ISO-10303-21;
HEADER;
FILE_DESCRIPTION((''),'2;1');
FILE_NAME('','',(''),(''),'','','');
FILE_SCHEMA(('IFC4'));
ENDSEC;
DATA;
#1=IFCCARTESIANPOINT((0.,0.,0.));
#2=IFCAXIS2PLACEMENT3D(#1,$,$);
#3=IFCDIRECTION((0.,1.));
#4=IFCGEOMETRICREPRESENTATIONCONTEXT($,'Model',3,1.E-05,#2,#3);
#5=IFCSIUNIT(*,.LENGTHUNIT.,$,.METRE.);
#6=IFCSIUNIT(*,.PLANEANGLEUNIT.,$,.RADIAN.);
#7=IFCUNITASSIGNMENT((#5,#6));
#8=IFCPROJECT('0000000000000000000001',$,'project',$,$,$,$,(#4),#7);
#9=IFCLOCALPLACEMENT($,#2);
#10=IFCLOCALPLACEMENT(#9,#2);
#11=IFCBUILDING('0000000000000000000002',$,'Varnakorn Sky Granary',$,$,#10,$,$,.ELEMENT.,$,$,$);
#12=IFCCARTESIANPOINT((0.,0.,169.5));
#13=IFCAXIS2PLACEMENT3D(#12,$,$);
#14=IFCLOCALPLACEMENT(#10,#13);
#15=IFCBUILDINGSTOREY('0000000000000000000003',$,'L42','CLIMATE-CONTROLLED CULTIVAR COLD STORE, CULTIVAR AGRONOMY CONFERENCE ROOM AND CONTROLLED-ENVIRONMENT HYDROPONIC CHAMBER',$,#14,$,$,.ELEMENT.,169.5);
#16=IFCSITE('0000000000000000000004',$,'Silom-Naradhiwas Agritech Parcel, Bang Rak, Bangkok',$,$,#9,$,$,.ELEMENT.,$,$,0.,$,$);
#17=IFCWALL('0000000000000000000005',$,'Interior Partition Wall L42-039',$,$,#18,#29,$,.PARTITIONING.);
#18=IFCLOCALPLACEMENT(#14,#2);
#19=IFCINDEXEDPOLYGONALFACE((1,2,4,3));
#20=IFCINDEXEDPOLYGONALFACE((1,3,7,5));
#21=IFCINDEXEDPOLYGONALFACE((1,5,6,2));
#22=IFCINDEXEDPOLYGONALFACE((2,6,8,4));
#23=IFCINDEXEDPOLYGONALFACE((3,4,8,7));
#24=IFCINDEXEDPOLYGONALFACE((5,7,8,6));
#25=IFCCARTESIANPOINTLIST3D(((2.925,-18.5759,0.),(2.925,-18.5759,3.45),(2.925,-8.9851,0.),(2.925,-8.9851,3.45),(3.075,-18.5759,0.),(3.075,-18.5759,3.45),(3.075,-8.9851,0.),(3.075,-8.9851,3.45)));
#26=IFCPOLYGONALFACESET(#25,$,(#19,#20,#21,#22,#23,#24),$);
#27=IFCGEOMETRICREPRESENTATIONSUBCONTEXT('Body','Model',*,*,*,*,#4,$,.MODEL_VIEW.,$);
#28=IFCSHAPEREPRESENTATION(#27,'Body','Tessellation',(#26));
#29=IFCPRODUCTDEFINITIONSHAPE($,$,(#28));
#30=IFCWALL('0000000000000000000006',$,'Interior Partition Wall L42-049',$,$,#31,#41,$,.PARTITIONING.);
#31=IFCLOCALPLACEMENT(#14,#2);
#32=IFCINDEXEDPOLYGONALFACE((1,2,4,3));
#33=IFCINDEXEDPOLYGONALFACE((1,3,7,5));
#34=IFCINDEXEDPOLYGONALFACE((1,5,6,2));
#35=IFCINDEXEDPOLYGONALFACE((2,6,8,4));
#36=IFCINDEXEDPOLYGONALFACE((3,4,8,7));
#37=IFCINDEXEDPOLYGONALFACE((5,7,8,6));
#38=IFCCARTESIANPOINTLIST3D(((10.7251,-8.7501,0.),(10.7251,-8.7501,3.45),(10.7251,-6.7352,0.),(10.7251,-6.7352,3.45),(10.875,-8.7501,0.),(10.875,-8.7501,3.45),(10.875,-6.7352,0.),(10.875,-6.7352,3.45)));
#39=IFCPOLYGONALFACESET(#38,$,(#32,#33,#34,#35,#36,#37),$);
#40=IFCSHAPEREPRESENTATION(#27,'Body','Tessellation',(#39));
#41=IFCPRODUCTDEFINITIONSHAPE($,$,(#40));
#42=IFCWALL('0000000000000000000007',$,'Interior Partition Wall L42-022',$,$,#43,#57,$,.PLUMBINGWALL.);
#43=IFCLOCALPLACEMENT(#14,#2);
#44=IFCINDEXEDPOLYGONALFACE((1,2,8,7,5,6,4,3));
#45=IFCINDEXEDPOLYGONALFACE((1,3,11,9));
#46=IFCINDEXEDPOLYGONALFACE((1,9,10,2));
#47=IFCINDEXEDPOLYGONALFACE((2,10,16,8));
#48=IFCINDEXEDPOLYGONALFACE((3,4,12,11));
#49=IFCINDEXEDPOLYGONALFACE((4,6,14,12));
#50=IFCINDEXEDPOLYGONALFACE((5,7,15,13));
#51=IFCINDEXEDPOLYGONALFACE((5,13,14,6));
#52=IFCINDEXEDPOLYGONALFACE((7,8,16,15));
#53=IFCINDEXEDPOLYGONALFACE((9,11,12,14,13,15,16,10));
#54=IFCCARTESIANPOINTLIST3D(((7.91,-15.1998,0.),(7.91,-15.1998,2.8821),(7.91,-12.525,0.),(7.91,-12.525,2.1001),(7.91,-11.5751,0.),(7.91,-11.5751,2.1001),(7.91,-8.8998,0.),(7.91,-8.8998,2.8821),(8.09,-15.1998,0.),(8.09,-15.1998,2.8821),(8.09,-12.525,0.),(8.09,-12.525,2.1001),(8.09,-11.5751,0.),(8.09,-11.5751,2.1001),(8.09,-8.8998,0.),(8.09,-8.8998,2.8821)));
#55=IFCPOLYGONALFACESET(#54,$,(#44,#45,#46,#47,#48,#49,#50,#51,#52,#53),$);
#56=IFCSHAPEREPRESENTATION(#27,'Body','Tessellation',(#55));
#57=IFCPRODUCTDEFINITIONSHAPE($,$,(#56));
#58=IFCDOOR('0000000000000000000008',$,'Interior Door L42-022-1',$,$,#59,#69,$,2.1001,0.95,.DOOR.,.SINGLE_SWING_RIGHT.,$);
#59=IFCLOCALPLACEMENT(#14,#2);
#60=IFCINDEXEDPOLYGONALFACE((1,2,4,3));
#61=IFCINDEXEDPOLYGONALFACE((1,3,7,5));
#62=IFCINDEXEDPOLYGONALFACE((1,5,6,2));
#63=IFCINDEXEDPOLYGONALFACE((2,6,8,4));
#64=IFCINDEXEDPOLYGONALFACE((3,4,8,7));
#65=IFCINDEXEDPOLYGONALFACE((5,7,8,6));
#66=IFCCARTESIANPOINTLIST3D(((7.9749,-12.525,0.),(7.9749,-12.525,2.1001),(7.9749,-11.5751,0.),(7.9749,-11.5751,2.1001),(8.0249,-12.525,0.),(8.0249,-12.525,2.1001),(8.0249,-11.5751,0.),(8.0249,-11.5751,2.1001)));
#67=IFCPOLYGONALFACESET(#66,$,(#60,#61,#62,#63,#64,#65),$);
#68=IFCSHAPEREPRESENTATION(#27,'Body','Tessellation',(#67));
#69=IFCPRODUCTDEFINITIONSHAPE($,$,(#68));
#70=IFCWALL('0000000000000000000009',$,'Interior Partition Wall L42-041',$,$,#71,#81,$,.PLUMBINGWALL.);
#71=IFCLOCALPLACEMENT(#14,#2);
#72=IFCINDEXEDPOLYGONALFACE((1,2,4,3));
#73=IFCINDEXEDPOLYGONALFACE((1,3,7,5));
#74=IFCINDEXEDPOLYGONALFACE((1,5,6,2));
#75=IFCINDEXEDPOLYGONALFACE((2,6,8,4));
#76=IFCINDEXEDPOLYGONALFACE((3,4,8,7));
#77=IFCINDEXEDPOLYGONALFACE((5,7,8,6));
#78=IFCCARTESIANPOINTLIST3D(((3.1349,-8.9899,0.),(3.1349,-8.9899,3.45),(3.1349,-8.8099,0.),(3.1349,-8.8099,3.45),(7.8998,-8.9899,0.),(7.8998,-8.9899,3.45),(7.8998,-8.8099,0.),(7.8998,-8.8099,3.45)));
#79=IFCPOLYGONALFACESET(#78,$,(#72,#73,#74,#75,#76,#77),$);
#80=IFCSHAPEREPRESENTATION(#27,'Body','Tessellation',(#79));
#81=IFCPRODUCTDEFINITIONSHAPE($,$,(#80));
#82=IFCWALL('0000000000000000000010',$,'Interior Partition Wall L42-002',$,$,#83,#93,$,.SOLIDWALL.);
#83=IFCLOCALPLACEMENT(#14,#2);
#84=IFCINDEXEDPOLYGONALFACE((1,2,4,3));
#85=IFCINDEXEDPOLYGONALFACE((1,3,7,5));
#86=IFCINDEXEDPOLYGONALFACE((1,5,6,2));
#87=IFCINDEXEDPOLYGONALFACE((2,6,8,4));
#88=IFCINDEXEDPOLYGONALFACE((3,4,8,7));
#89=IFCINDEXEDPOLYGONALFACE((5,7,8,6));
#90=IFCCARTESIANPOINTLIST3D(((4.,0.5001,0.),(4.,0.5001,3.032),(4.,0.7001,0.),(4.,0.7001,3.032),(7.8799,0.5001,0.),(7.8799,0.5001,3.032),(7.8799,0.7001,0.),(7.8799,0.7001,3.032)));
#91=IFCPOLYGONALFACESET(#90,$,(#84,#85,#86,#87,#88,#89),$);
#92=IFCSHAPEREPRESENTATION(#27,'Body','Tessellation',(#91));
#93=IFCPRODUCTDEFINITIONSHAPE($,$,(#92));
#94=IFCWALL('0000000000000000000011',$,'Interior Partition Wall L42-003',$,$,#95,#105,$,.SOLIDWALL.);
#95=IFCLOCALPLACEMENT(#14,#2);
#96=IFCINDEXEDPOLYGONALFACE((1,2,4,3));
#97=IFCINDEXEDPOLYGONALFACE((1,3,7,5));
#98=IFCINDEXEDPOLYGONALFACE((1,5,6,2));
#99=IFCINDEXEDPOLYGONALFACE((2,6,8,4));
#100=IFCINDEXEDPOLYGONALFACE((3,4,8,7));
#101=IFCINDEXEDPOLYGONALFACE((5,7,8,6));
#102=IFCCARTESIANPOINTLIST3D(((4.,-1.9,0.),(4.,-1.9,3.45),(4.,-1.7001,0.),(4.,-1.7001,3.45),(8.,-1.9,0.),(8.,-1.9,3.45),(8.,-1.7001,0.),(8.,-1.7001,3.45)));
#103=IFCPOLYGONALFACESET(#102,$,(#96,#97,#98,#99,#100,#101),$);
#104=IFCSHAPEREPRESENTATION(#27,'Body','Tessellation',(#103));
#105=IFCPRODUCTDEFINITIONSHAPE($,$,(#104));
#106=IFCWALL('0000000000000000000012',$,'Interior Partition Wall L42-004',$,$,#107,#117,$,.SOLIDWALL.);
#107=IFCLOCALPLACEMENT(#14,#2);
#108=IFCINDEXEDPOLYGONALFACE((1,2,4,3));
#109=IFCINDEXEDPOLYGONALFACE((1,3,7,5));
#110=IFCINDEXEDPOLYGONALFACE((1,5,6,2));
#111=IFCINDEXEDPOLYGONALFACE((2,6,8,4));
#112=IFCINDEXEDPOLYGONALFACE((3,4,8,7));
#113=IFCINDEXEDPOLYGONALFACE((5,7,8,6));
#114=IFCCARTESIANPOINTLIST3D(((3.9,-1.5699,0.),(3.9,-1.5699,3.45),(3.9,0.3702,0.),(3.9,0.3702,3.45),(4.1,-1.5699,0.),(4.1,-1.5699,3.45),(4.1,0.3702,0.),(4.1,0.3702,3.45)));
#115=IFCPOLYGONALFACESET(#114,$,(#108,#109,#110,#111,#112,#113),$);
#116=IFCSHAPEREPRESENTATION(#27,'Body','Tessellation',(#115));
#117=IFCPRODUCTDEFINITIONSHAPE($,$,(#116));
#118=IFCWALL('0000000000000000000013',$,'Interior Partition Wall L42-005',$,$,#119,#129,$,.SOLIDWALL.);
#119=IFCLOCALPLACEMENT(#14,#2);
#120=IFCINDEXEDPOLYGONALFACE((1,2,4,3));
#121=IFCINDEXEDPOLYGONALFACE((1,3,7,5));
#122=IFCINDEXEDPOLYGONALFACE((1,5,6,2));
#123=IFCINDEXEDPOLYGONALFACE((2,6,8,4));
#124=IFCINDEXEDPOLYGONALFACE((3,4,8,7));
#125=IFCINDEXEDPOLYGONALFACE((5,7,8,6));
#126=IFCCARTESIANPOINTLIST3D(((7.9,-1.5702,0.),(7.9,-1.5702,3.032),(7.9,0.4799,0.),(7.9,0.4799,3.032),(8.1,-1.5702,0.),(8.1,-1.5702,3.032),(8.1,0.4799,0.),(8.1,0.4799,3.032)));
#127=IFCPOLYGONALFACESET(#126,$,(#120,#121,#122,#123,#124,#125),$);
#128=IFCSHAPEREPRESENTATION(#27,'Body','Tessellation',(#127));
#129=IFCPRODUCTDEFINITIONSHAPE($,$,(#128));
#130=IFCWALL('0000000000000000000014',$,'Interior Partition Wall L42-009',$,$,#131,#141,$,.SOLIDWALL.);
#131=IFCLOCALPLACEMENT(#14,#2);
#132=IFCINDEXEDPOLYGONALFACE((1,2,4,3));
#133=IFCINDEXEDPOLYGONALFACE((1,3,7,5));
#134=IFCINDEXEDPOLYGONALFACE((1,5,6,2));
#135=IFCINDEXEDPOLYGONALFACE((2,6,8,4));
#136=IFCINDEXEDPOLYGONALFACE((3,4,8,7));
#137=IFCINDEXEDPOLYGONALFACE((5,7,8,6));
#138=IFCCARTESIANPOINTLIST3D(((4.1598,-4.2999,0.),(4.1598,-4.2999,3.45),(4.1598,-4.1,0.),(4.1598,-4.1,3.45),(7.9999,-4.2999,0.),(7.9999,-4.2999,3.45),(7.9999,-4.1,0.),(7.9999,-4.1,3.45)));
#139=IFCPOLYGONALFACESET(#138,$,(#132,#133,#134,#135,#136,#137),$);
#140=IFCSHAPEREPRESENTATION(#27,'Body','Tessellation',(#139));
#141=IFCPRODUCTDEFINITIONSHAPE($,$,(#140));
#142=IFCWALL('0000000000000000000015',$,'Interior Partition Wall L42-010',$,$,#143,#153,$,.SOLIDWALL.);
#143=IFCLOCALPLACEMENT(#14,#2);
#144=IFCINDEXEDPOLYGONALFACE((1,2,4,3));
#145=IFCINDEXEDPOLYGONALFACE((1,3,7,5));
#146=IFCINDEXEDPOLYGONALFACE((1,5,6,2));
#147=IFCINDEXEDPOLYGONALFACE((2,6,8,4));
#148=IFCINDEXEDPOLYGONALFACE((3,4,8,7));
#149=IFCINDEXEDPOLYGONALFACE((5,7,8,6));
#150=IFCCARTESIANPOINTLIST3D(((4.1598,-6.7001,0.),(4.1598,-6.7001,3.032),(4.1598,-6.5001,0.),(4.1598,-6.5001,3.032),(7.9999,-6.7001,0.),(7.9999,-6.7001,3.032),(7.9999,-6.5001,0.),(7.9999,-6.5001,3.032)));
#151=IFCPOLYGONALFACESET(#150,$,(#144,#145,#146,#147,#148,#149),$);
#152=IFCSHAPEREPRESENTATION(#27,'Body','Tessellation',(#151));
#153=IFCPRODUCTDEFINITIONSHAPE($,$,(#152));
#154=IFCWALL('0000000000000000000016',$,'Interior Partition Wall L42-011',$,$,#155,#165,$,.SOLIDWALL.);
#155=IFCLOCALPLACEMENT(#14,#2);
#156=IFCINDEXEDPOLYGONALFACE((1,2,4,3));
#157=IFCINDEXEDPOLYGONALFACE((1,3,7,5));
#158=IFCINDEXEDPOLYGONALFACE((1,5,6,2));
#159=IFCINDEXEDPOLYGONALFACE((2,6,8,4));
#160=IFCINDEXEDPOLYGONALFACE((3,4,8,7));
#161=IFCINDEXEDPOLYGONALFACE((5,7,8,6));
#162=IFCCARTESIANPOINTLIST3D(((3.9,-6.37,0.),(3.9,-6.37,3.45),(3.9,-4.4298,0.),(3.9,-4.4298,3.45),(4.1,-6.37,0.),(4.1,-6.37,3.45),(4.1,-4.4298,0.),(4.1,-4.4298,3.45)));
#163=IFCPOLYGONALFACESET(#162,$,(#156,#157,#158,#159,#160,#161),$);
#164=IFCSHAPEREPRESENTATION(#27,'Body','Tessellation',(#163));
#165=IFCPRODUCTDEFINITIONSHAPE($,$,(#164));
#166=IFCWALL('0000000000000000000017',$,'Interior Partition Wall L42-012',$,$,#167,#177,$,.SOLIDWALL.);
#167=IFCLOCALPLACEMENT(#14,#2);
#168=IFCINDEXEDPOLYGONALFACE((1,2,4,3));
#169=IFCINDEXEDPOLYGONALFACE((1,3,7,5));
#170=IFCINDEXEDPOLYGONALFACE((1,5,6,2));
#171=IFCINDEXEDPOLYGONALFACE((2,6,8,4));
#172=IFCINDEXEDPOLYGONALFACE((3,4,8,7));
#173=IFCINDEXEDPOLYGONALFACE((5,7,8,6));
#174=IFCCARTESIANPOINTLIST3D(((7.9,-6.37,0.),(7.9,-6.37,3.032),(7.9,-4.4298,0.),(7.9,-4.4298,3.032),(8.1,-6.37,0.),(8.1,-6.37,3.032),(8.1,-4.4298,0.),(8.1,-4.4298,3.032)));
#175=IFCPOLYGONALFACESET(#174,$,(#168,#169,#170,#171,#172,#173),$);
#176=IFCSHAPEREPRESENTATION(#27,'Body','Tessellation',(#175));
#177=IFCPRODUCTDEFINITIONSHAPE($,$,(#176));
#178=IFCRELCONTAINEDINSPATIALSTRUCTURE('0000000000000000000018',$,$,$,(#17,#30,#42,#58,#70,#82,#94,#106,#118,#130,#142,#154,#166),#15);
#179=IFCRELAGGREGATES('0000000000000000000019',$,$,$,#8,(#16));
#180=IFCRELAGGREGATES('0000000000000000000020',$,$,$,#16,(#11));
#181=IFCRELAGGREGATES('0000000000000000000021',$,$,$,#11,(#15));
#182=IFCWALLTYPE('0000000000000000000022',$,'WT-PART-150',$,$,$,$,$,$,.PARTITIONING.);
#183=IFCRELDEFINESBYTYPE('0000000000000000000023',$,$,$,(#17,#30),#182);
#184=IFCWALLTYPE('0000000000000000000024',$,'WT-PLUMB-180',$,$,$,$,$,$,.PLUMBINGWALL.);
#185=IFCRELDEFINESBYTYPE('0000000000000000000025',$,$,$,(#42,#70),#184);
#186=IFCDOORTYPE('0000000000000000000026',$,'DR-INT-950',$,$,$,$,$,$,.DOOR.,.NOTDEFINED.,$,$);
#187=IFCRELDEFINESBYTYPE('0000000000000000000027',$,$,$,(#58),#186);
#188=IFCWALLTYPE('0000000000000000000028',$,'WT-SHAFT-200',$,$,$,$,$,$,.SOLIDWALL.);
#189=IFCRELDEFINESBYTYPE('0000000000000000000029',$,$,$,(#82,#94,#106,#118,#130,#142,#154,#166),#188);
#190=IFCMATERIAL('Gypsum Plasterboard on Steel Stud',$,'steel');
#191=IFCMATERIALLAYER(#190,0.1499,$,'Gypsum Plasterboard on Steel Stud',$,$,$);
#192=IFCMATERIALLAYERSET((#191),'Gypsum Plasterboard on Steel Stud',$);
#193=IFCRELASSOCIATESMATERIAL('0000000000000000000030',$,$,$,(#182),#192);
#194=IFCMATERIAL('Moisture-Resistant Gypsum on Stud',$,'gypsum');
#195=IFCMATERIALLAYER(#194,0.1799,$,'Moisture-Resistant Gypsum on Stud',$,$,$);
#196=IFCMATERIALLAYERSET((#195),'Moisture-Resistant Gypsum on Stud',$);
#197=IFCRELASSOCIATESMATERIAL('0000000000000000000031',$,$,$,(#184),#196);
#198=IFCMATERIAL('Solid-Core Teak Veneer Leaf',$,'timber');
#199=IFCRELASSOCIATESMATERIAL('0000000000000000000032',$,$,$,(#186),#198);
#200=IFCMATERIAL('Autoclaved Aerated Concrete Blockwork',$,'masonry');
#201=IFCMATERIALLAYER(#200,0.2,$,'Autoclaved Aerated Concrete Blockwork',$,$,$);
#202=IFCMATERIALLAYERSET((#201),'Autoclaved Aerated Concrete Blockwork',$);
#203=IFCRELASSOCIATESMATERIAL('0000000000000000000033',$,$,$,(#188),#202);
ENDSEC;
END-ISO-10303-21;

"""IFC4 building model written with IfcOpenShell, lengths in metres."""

from ifc_helpers import new_model, si_unit, direction, frame, frame_2d, origin, place, context, subcontext, project, spatial, rectangle, extrude, material, layer, layer_set, type_object, element, fill, save


model = new_model("IFC4")

# Units and contexts
model_context = context("Model", 3, precision=1e-05, world=origin(), true_north=direction((0.0, 1.0)))
body_context = subcontext(model_context, "Body", "Model", "MODEL_VIEW")
ifc_project = project(units=[si_unit("LENGTHUNIT", "METRE"), si_unit("PLANEANGLEUNIT", "RADIAN")], contexts=[model_context])

# Site, building, storey
site_placement = place(None, origin())
site = spatial("IfcSite", under=ifc_project, at=site_placement, Name="Silom-Naradhiwas Agritech Parcel, Bang Rak, Bangkok", CompositionType="ELEMENT", RefElevation=0.0)
building_placement = place(site_placement, origin())
building = spatial("IfcBuilding", under=site, at=building_placement, Name="Varnakorn Sky Granary", CompositionType="ELEMENT")
storey_placement = place(building_placement, frame((0.0, 0.0, 169.5)))
storey = spatial("IfcBuildingStorey", under=building, at=storey_placement, Name="L42", Description="CLIMATE-CONTROLLED CULTIVAR COLD STORE, CULTIVAR AGRONOMY CONFERENCE ROOM AND CONTROLLED-ENVIRONMENT HYDROPONIC CHAMBER", CompositionType="ELEMENT", Elevation=169.5)

# Shared definitions
ifc_material_1 = material(Name="Autoclaved Aerated Concrete Blockwork", Category="masonry")

# Walls
ifc_material_2 = material(Name="Gypsum Plasterboard on Steel Stud", Category="steel")
ifc_layer_1 = layer(ifc_material_2, 0.1499, Name="Gypsum Plasterboard on Steel Stud")
ifc_layer_set_1 = layer_set([ifc_layer_1], Name="Gypsum Plasterboard on Steel Stud")
wall_type_1 = type_object("IfcWallType", Name="WT-PART-150", PredefinedType="PARTITIONING", material=ifc_layer_set_1)
wall_1_placement = place(storey_placement, frame((3.0, -8.9851, 0.0), z_axis=(0.0, 0.0, 1.0), x_axis=(0.0, -1.0, 0.0)))
element("IfcWall", 1, at=wall_1_placement, inside=storey, type_object=wall_type_1, Name="Interior Partition Wall L42-039", PredefinedType="PARTITIONING", context=body_context, shape_type="SweptSolid", body=[
    extrude(rectangle(XDim=9.5908, YDim=0.1499, at=frame_2d((4.7954, 0.0))), origin(), (0.0, 0.0, 1.0), 3.45),
])
wall_2_placement = place(storey_placement, frame((10.8, -8.75, 0.0), z_axis=(0.0, 0.0, 1.0), x_axis=(0.0, 1.0, 0.0)))
element("IfcWall", 2, at=wall_2_placement, inside=storey, type_object=wall_type_1, Name="Interior Partition Wall L42-049", PredefinedType="PARTITIONING", context=body_context, shape_type="SweptSolid", body=[
    extrude(rectangle(XDim=2.0149, YDim=0.1499, at=frame_2d((1.0073, 0.0))), origin(), (0.0, 0.0, 1.0), 3.45),
])

# Wall, opening, door
ifc_material_3 = material(Name="Moisture-Resistant Gypsum on Stud", Category="gypsum")
ifc_layer_2 = layer(ifc_material_3, 0.1799, Name="Moisture-Resistant Gypsum on Stud")
ifc_layer_set_2 = layer_set([ifc_layer_2], Name="Moisture-Resistant Gypsum on Stud")
wall_type_2 = type_object("IfcWallType", Name="WT-PLUMB-180", PredefinedType="PLUMBINGWALL", material=ifc_layer_set_2)
wall_3_placement = place(storey_placement, frame((8.0, -8.8999, 0.0), z_axis=(0.0, 0.0, 1.0), x_axis=(0.0, -1.0, 0.0)))
wall_3 = element("IfcWall", 3, at=wall_3_placement, inside=storey, type_object=wall_type_2, Name="Interior Partition Wall L42-022", PredefinedType="PLUMBINGWALL", context=body_context, shape_type="SweptSolid", body=[
    extrude(rectangle(XDim=6.3, YDim=0.1799, at=frame_2d((3.1499, 0.0))), origin(), (0.0, 0.0, 1.0), 2.8821),
])
opening_1_placement = place(wall_3_placement, frame((2.675, 0.0, 0.0)))
opening_1 = element("IfcOpeningElement", 4, at=opening_1_placement, cuts=wall_3, PredefinedType="OPENING", context=body_context, shape_type="SweptSolid", body=[
    extrude(rectangle(XDim=0.95, YDim=2.1001, at=frame_2d((0.4751, 1.05))), frame((0.0, 0.1001, 0.0), z_axis=(0.0, -1.0, 0.0), x_axis=(1.0, 0.0, 0.0)), (0.0, 0.0, 1.0), 0.2),
])
ifc_material_4 = material(Name="Solid-Core Teak Veneer Leaf", Category="timber")
door_type_1 = type_object("IfcDoorType", Name="DR-INT-950", OperationType="NOTDEFINED", PredefinedType="DOOR", material=ifc_material_4)
door_1_placement = place(opening_1_placement, origin())
door_1 = element("IfcDoor", 5, at=door_1_placement, inside=storey, type_object=door_type_1, Name="Interior Door L42-022-1", OperationType="SINGLE_SWING_RIGHT", OverallHeight=2.1001, OverallWidth=0.95, PredefinedType="DOOR", context=body_context, shape_type="SweptSolid", body=[
    extrude(rectangle(XDim=0.95, YDim=2.1001, at=frame_2d((0.4751, 1.05))), frame((0.0, 0.0249, 0.0), z_axis=(0.0, -1.0, 0.0), x_axis=(1.0, 0.0, 0.0)), (0.0, 0.0, 1.0), 0.05),
])
fill(opening_1, door_1)

# Walls
wall_4_placement = place(storey_placement, frame((3.135, -8.8999, 0.0), z_axis=(0.0, 0.0, 1.0), x_axis=(1.0, 0.0, 0.0)))
element("IfcWall", 6, at=wall_4_placement, inside=storey, type_object=wall_type_2, Name="Interior Partition Wall L42-041", PredefinedType="PLUMBINGWALL", context=body_context, shape_type="SweptSolid", body=[
    extrude(rectangle(XDim=4.7649, YDim=0.1799, at=frame_2d((2.3823, 0.0))), origin(), (0.0, 0.0, 1.0), 3.45),
])
ifc_layer_3 = layer(ifc_material_1, 0.2, Name="Autoclaved Aerated Concrete Blockwork")
ifc_layer_set_3 = layer_set([ifc_layer_3], Name="Autoclaved Aerated Concrete Blockwork")
wall_type_3 = type_object("IfcWallType", Name="WT-SHAFT-200", PredefinedType="SOLIDWALL", material=ifc_layer_set_3)
wall_5_placement = place(storey_placement, frame((4.0, 0.6001, 0.0), z_axis=(0.0, 0.0, 1.0), x_axis=(1.0, 0.0, 0.0)))
element("IfcWall", 7, at=wall_5_placement, inside=storey, type_object=wall_type_3, Name="Interior Partition Wall L42-002", PredefinedType="SOLIDWALL", context=body_context, shape_type="SweptSolid", body=[
    extrude(rectangle(XDim=3.8799, YDim=0.2, at=frame_2d((1.9399, 0.0))), origin(), (0.0, 0.0, 1.0), 3.032),
])
wall_6_placement = place(storey_placement, frame((4.0, -1.8, 0.0), z_axis=(0.0, 0.0, 1.0), x_axis=(1.0, 0.0, 0.0)))
element("IfcWall", 8, at=wall_6_placement, inside=storey, type_object=wall_type_3, Name="Interior Partition Wall L42-003", PredefinedType="SOLIDWALL", context=body_context, shape_type="SweptSolid", body=[
    extrude(rectangle(XDim=4.0, YDim=0.2, at=frame_2d((2.0, 0.0))), origin(), (0.0, 0.0, 1.0), 3.45),
])
wall_7_placement = place(storey_placement, frame((4.0, -1.5701, 0.0), z_axis=(0.0, 0.0, 1.0), x_axis=(0.0, 1.0, 0.0)))
element("IfcWall", 9, at=wall_7_placement, inside=storey, type_object=wall_type_3, Name="Interior Partition Wall L42-004", PredefinedType="SOLIDWALL", context=body_context, shape_type="SweptSolid", body=[
    extrude(rectangle(XDim=1.9402, YDim=0.2, at=frame_2d((0.9702, 0.0))), origin(), (0.0, 0.0, 1.0), 3.45),
])
wall_8_placement = place(storey_placement, frame((8.0, -1.5701, 0.0), z_axis=(0.0, 0.0, 1.0), x_axis=(0.0, 1.0, 0.0)))
element("IfcWall", 10, at=wall_8_placement, inside=storey, type_object=wall_type_3, Name="Interior Partition Wall L42-005", PredefinedType="SOLIDWALL", context=body_context, shape_type="SweptSolid", body=[
    extrude(rectangle(XDim=2.05, YDim=0.2, at=frame_2d((1.0249, 0.0))), origin(), (0.0, 0.0, 1.0), 3.032),
])
wall_9_placement = place(storey_placement, frame((4.1599, -4.2, 0.0), z_axis=(0.0, 0.0, 1.0), x_axis=(1.0, 0.0, 0.0)))
element("IfcWall", 11, at=wall_9_placement, inside=storey, type_object=wall_type_3, Name="Interior Partition Wall L42-009", PredefinedType="SOLIDWALL", context=body_context, shape_type="SweptSolid", body=[
    extrude(rectangle(XDim=3.8401, YDim=0.2, at=frame_2d((1.9199, 0.0))), origin(), (0.0, 0.0, 1.0), 3.45),
])
wall_10_placement = place(storey_placement, frame((4.1599, -6.6001, 0.0), z_axis=(0.0, 0.0, 1.0), x_axis=(1.0, 0.0, 0.0)))
element("IfcWall", 12, at=wall_10_placement, inside=storey, type_object=wall_type_3, Name="Interior Partition Wall L42-010", PredefinedType="SOLIDWALL", context=body_context, shape_type="SweptSolid", body=[
    extrude(rectangle(XDim=3.8401, YDim=0.2, at=frame_2d((1.9199, 0.0))), origin(), (0.0, 0.0, 1.0), 3.032),
])
wall_11_placement = place(storey_placement, frame((4.0, -6.3701, 0.0), z_axis=(0.0, 0.0, 1.0), x_axis=(0.0, 1.0, 0.0)))
element("IfcWall", 13, at=wall_11_placement, inside=storey, type_object=wall_type_3, Name="Interior Partition Wall L42-011", PredefinedType="SOLIDWALL", context=body_context, shape_type="SweptSolid", body=[
    extrude(rectangle(XDim=1.9402, YDim=0.2, at=frame_2d((0.9702, 0.0))), origin(), (0.0, 0.0, 1.0), 3.45),
])
wall_12_placement = place(storey_placement, frame((8.0, -6.3701, 0.0), z_axis=(0.0, 0.0, 1.0), x_axis=(0.0, 1.0, 0.0)))
element("IfcWall", 14, at=wall_12_placement, inside=storey, type_object=wall_type_3, Name="Interior Partition Wall L42-012", PredefinedType="SOLIDWALL", context=body_context, shape_type="SweptSolid", body=[
    extrude(rectangle(XDim=1.9402, YDim=0.2, at=frame_2d((0.9702, 0.0))), origin(), (0.0, 0.0, 1.0), 3.032),
])

save(model, "model.ifc")
